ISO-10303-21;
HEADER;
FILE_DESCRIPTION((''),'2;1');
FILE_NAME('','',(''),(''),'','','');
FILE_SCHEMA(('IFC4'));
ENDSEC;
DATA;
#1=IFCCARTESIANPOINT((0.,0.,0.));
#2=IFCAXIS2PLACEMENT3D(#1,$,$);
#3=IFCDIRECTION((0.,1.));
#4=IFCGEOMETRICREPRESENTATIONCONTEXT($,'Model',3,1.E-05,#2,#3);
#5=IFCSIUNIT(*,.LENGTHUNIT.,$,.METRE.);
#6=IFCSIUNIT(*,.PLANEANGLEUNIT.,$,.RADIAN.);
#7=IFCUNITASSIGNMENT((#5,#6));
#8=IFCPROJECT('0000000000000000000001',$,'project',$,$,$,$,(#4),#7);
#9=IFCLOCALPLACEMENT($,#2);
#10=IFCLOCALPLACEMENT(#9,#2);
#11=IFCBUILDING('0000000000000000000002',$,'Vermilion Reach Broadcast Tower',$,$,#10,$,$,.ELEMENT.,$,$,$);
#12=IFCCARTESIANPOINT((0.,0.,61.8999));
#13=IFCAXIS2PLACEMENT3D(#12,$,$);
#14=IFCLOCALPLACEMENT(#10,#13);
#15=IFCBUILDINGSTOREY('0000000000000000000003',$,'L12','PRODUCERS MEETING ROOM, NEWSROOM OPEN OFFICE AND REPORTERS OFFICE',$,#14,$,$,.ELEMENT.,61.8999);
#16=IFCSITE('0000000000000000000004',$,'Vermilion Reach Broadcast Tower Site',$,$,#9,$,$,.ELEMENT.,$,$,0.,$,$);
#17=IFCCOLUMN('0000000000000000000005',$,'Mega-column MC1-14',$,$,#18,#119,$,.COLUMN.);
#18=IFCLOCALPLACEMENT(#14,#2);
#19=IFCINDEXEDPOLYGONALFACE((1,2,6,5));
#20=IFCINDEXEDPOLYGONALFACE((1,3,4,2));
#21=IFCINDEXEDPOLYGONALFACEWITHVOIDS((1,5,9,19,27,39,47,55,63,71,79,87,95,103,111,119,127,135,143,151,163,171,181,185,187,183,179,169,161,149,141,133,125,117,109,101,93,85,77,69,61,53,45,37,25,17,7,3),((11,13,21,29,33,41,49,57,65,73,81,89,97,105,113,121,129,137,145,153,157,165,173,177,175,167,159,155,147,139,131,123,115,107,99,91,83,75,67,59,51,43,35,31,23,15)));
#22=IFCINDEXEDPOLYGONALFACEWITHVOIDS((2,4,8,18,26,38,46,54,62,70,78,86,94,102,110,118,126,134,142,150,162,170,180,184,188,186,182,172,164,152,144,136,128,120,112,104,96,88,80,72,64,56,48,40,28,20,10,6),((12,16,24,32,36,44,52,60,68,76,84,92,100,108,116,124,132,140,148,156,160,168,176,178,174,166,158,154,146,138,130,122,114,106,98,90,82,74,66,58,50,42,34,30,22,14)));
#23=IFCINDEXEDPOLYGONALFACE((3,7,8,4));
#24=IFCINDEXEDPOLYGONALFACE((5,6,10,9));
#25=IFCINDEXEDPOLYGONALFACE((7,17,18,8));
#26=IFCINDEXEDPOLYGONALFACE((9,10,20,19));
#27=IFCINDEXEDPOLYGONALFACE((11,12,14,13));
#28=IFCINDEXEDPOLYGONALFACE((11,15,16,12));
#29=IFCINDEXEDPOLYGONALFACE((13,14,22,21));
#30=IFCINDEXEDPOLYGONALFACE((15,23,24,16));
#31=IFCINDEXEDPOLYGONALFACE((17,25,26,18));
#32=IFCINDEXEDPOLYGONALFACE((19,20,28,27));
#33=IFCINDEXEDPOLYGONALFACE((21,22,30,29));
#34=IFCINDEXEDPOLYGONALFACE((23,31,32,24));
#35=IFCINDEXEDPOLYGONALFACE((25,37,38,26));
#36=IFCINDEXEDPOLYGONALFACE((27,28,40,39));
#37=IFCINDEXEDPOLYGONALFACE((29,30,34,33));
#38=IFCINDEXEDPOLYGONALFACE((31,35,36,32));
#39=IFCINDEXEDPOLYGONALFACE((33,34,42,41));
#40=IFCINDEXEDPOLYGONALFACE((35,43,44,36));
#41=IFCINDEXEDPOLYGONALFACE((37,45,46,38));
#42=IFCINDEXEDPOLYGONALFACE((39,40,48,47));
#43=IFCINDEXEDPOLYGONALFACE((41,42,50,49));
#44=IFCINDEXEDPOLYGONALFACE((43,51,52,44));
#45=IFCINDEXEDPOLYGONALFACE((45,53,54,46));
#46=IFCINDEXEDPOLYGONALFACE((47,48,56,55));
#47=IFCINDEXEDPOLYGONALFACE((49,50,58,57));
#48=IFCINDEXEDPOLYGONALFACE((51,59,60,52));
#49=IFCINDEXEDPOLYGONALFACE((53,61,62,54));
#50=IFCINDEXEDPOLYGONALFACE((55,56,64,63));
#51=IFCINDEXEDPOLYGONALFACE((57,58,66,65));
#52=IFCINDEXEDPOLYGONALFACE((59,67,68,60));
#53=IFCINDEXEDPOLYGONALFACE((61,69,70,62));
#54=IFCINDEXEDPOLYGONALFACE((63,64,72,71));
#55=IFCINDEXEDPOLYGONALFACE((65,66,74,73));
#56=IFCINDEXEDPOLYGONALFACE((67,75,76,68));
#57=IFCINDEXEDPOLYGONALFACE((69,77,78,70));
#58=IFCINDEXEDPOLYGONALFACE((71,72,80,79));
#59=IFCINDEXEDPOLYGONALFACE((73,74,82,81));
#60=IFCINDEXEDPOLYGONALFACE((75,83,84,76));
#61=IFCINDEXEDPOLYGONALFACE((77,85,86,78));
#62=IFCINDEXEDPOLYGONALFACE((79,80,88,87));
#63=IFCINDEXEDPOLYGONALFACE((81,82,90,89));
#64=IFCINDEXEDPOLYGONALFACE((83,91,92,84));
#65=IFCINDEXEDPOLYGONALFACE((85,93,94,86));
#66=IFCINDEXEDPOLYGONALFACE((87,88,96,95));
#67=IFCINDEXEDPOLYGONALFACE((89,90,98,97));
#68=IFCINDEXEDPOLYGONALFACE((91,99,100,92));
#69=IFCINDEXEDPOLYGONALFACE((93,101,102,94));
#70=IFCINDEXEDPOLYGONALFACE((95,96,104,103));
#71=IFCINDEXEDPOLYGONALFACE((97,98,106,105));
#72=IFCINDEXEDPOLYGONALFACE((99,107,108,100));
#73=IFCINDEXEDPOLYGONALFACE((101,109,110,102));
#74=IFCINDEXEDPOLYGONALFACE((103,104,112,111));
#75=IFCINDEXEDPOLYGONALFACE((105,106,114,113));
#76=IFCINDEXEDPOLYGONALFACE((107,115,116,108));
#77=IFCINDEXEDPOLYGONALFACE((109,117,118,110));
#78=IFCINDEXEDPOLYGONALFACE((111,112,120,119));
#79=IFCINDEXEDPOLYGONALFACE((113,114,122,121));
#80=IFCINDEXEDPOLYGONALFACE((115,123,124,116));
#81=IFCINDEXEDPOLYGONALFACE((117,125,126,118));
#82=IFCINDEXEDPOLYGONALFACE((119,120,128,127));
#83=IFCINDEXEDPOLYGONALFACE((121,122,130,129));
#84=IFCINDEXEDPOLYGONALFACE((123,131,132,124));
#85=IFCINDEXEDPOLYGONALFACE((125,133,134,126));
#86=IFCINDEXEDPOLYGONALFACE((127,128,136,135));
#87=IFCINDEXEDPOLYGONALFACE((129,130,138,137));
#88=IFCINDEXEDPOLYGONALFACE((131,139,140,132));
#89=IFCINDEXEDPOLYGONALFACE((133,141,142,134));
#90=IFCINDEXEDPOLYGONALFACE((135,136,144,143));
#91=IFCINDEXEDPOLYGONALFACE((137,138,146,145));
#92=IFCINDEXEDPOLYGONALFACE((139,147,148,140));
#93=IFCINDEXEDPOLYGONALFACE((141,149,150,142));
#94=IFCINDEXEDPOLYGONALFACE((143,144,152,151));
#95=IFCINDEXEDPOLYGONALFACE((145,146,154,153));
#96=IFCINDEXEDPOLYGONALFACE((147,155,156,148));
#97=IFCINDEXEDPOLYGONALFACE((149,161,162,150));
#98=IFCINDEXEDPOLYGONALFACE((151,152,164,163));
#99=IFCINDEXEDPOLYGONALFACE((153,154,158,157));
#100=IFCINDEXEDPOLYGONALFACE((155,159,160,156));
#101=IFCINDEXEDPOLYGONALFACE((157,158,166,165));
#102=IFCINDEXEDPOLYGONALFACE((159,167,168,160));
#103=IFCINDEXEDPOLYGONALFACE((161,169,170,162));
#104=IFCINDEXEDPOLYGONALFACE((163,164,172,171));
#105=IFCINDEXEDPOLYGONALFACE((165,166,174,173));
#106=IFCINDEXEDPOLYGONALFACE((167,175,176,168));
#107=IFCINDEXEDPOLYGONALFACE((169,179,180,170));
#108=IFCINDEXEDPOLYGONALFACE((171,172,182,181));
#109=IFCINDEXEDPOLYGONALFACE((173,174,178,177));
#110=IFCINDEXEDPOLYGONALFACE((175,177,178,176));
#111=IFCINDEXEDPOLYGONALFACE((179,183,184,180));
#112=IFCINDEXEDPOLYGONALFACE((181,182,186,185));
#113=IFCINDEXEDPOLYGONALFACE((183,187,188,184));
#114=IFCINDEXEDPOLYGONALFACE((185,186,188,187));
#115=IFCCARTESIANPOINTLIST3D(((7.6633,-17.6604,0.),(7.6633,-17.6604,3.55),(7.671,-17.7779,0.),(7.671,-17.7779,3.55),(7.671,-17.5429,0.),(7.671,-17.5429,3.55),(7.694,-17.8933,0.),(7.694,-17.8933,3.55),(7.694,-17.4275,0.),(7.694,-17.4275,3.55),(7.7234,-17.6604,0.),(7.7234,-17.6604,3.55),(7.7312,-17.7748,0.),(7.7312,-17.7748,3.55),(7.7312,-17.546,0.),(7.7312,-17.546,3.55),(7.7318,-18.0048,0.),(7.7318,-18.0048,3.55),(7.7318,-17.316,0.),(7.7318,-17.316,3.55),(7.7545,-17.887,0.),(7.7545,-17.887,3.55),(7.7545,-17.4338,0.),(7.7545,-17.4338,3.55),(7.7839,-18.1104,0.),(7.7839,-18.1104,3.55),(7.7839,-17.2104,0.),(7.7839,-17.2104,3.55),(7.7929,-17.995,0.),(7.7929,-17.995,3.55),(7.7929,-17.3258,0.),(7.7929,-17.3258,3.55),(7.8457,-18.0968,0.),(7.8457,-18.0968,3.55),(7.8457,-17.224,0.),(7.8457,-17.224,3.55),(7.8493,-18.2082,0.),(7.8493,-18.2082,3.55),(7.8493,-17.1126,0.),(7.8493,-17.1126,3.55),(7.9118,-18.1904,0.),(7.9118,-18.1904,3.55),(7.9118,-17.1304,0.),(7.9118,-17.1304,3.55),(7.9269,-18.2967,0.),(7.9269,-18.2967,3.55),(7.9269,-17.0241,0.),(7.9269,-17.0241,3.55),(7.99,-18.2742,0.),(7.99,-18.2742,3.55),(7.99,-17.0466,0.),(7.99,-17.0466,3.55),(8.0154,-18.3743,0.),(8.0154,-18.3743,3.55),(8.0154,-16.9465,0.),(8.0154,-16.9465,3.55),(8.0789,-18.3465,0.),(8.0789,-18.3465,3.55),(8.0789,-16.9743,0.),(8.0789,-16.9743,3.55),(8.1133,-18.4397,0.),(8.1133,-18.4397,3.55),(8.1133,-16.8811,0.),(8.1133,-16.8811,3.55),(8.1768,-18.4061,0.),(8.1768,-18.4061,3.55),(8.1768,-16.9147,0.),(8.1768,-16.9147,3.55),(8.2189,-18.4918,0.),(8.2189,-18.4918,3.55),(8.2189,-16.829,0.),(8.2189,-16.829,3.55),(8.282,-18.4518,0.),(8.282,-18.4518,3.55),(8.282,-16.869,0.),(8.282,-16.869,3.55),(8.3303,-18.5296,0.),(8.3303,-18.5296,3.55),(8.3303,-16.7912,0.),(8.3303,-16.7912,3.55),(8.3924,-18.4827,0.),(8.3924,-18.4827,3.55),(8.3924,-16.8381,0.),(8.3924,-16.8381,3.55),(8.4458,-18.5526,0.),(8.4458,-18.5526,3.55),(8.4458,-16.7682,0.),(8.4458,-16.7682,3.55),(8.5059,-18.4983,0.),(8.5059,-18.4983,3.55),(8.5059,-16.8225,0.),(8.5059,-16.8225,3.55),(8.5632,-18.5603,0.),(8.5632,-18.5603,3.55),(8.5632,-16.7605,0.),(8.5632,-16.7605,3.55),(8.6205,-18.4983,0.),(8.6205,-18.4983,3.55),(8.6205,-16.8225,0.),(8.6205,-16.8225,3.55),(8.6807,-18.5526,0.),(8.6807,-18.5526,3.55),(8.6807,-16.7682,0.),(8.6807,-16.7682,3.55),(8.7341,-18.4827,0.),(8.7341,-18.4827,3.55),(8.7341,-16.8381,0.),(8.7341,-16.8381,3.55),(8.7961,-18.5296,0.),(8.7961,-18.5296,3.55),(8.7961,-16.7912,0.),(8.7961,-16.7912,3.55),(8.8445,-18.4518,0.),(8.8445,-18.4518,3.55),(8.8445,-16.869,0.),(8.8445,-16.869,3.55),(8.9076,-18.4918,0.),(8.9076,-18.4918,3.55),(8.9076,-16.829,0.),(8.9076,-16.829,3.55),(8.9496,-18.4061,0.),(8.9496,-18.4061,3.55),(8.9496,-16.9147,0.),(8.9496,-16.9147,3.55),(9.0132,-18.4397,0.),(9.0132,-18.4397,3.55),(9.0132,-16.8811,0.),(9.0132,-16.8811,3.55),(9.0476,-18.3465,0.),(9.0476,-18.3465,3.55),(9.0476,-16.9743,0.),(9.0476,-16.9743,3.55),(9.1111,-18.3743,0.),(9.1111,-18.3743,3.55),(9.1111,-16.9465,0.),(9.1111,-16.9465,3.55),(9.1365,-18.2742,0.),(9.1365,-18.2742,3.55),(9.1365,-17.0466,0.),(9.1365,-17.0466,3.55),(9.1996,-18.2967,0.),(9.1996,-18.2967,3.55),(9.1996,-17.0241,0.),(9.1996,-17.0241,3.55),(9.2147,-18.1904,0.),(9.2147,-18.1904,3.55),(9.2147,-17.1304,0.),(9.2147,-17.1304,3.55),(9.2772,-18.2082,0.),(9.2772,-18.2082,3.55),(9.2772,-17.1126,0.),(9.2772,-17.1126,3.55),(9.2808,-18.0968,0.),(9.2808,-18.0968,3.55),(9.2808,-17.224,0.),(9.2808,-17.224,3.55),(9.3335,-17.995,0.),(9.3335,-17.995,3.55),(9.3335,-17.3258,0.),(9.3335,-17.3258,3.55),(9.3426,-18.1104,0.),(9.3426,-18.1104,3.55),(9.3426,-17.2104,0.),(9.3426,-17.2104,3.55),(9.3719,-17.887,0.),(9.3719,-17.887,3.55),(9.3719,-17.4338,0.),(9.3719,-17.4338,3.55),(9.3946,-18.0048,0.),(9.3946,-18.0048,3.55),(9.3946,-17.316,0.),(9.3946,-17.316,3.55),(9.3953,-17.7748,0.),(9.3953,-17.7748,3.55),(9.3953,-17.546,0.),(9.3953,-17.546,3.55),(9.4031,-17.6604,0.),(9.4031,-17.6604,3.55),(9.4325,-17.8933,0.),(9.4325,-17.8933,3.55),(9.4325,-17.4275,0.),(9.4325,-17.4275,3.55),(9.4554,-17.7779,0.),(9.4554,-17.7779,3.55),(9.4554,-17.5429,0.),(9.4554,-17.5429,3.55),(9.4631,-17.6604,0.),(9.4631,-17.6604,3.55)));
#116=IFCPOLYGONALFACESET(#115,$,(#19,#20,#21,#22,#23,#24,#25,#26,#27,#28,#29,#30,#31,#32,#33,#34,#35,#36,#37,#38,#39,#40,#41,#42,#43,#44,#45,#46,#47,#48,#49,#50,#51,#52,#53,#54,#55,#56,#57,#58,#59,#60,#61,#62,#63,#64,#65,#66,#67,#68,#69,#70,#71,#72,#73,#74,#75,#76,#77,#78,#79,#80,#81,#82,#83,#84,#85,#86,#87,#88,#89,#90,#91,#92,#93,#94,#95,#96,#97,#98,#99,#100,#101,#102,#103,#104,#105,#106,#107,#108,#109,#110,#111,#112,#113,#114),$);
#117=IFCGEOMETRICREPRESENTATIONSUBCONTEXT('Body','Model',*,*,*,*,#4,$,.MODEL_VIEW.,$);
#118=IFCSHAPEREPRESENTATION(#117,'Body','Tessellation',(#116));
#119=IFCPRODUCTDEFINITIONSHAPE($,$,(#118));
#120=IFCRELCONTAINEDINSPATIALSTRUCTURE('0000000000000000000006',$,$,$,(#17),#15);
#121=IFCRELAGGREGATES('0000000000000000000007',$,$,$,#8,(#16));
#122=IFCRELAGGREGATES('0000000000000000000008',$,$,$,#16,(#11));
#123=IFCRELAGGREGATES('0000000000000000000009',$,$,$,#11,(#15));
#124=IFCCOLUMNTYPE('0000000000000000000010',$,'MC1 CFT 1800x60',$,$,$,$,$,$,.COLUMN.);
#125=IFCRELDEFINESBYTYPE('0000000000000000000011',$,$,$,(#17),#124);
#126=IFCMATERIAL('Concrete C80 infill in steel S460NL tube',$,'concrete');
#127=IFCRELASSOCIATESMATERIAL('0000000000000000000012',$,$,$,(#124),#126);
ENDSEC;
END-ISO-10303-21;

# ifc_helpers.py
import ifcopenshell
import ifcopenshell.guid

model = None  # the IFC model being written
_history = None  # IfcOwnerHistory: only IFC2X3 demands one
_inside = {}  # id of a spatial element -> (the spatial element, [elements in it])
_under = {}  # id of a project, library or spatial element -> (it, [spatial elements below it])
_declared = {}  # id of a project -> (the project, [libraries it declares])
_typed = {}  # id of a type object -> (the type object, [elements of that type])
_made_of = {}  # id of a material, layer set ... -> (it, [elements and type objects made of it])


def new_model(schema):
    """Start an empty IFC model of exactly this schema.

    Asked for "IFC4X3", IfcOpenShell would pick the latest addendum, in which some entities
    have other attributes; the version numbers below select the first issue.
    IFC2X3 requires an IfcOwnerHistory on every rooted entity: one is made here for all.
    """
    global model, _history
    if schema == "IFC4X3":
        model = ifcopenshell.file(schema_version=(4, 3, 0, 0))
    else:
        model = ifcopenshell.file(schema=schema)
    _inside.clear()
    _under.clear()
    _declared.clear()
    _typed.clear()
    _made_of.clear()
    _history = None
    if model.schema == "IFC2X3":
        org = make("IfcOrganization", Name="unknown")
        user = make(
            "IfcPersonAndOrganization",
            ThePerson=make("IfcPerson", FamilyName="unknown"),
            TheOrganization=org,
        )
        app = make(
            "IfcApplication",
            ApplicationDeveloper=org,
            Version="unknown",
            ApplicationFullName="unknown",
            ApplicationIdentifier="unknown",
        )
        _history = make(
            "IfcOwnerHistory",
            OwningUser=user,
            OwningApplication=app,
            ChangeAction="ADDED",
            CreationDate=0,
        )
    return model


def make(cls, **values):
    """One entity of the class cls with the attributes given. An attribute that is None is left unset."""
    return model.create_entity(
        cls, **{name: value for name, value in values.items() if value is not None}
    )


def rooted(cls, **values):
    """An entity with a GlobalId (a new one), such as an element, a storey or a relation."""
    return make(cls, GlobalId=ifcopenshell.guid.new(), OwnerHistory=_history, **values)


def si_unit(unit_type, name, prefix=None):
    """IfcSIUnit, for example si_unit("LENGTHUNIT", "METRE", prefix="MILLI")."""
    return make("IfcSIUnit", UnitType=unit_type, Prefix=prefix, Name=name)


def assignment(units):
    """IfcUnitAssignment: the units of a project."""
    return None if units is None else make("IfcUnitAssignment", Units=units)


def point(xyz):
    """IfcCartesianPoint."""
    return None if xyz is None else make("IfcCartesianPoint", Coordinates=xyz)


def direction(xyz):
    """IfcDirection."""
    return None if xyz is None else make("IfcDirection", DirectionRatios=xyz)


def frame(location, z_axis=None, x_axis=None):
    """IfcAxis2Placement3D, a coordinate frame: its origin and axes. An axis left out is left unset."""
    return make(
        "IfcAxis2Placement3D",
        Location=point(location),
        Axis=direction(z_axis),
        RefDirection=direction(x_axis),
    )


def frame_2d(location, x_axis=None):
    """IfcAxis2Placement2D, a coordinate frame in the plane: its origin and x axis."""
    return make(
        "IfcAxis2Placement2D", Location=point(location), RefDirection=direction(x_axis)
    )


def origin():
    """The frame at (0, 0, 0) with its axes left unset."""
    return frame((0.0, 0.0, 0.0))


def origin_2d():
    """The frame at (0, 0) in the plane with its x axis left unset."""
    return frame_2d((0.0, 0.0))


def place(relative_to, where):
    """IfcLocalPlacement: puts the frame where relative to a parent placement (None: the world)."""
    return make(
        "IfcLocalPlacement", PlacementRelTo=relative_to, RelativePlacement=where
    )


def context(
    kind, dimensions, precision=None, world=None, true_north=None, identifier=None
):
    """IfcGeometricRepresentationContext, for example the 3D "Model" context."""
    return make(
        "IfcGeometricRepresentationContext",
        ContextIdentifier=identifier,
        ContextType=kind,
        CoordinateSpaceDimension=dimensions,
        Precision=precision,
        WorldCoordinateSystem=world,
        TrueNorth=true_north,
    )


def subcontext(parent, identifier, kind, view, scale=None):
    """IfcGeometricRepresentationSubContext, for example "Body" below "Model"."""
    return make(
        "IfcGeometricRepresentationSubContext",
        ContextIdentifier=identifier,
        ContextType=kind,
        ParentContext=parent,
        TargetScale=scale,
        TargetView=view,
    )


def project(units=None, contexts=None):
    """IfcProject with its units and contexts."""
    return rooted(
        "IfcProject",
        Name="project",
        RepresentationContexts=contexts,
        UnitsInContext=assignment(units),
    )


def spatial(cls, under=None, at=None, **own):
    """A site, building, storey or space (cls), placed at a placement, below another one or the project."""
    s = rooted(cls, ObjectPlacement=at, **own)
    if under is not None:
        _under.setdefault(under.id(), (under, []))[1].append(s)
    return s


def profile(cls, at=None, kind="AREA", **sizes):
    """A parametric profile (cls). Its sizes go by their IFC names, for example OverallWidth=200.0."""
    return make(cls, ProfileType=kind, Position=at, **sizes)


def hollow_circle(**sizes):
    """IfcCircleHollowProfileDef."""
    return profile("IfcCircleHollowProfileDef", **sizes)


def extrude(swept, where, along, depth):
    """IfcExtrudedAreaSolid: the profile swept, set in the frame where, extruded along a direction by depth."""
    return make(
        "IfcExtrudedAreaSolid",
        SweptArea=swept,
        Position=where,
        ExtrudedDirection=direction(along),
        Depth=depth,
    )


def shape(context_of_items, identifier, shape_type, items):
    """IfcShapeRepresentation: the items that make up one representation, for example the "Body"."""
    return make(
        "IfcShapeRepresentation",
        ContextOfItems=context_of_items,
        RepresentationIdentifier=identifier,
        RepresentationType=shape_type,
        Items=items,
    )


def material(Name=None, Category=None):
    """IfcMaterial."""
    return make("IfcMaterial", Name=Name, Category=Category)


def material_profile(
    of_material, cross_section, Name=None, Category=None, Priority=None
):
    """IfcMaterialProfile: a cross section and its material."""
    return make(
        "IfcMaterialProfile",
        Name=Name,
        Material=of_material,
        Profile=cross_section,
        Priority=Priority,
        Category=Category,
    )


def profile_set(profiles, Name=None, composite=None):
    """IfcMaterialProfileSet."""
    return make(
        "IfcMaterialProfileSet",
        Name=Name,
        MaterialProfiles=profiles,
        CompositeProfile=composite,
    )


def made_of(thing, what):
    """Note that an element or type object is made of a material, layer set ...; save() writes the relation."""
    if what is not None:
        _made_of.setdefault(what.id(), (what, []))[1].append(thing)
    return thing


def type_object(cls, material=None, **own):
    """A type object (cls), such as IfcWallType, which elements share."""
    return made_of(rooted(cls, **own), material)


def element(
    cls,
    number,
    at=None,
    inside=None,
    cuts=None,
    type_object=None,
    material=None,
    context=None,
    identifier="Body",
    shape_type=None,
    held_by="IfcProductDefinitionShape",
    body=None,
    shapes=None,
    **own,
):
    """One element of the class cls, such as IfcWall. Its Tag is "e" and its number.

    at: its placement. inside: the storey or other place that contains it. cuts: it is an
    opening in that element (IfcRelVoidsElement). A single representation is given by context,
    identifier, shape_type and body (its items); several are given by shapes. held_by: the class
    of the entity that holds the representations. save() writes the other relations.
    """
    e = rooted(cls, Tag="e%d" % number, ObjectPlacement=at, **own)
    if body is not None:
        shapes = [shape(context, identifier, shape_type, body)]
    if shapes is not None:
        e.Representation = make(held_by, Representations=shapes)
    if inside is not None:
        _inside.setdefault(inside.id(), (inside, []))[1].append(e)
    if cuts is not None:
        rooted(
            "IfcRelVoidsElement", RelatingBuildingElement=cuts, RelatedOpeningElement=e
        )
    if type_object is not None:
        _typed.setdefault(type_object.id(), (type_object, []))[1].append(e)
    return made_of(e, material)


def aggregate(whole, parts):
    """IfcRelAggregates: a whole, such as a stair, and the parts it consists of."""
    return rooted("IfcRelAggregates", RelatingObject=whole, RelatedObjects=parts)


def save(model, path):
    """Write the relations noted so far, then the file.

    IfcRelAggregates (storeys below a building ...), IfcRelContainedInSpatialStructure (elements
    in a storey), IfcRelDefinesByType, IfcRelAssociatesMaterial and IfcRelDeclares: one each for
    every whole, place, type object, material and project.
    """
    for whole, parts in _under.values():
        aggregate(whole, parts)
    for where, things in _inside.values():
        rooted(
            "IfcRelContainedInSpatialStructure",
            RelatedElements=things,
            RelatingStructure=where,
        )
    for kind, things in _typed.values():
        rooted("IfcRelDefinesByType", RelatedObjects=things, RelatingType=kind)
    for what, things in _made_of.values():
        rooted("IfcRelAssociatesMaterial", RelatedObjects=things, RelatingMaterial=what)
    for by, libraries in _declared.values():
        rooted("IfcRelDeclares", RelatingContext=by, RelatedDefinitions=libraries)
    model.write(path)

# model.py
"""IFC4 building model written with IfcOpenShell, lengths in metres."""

from ifc_helpers import new_model, si_unit, direction, frame, origin, origin_2d, place, context, subcontext, project, spatial, hollow_circle, extrude, material, material_profile, profile_set, type_object, element, save


model = new_model("IFC4")

# Units and contexts
model_context = context("Model", 3, precision=1e-05, world=origin(), true_north=direction((0.0, 1.0)))
body_context = subcontext(model_context, "Body", "Model", "MODEL_VIEW")
ifc_project = project(units=[si_unit("LENGTHUNIT", "METRE"), si_unit("PLANEANGLEUNIT", "RADIAN")], contexts=[model_context])

# Site, building, storey
site_placement = place(None, origin())
site = spatial("IfcSite", under=ifc_project, at=site_placement, Name="Vermilion Reach Broadcast Tower Site", CompositionType="ELEMENT", RefElevation=0.0)
building_placement = place(site_placement, origin())
building = spatial("IfcBuilding", under=site, at=building_placement, Name="Vermilion Reach Broadcast Tower", CompositionType="ELEMENT")
storey_placement = place(building_placement, frame((0.0, 0.0, 61.8999)))
storey = spatial("IfcBuildingStorey", under=building, at=storey_placement, Name="L12", Description="PRODUCERS MEETING ROOM, NEWSROOM OPEN OFFICE AND REPORTERS OFFICE", CompositionType="ELEMENT", Elevation=61.8999)

# Column
ifc_material_1 = material(Name="Concrete C80 infill in steel S460NL tube", Category="concrete")
ifc_material_profile_1 = material_profile(ifc_material_1, hollow_circle(Radius=0.8999, WallThickness=0.0601, at=origin_2d()), Name="Concrete C80 infill in steel S460NL tube CFT 1800x60")
ifc_profile_set_1 = profile_set([ifc_material_profile_1], Name="Concrete C80 infill in steel S460NL tube")
column_type = type_object("IfcColumnType", Name="MC1 CFT 1800x60", PredefinedType="COLUMN", material=ifc_profile_set_1)
for number, where, z_axis, x_axis, name in (
    (1, (8.5632, -17.6604, 0.0), (0.0, 0.0, 1.0), (1.0, 0.0, 0.0), "Mega-column MC1-14"),
):
    element("IfcColumn", number, at=place(storey_placement, frame(where, z_axis=z_axis, x_axis=x_axis)), inside=storey, type_object=column_type, Name=name, PredefinedType="COLUMN", context=body_context, shape_type="SweptSolid", body=[
        extrude(hollow_circle(Radius=0.8999, WallThickness=0.0601, at=origin_2d()), origin(), (0.0, 0.0, 1.0), 3.55),
    ])

save(model, "model.ifc")
